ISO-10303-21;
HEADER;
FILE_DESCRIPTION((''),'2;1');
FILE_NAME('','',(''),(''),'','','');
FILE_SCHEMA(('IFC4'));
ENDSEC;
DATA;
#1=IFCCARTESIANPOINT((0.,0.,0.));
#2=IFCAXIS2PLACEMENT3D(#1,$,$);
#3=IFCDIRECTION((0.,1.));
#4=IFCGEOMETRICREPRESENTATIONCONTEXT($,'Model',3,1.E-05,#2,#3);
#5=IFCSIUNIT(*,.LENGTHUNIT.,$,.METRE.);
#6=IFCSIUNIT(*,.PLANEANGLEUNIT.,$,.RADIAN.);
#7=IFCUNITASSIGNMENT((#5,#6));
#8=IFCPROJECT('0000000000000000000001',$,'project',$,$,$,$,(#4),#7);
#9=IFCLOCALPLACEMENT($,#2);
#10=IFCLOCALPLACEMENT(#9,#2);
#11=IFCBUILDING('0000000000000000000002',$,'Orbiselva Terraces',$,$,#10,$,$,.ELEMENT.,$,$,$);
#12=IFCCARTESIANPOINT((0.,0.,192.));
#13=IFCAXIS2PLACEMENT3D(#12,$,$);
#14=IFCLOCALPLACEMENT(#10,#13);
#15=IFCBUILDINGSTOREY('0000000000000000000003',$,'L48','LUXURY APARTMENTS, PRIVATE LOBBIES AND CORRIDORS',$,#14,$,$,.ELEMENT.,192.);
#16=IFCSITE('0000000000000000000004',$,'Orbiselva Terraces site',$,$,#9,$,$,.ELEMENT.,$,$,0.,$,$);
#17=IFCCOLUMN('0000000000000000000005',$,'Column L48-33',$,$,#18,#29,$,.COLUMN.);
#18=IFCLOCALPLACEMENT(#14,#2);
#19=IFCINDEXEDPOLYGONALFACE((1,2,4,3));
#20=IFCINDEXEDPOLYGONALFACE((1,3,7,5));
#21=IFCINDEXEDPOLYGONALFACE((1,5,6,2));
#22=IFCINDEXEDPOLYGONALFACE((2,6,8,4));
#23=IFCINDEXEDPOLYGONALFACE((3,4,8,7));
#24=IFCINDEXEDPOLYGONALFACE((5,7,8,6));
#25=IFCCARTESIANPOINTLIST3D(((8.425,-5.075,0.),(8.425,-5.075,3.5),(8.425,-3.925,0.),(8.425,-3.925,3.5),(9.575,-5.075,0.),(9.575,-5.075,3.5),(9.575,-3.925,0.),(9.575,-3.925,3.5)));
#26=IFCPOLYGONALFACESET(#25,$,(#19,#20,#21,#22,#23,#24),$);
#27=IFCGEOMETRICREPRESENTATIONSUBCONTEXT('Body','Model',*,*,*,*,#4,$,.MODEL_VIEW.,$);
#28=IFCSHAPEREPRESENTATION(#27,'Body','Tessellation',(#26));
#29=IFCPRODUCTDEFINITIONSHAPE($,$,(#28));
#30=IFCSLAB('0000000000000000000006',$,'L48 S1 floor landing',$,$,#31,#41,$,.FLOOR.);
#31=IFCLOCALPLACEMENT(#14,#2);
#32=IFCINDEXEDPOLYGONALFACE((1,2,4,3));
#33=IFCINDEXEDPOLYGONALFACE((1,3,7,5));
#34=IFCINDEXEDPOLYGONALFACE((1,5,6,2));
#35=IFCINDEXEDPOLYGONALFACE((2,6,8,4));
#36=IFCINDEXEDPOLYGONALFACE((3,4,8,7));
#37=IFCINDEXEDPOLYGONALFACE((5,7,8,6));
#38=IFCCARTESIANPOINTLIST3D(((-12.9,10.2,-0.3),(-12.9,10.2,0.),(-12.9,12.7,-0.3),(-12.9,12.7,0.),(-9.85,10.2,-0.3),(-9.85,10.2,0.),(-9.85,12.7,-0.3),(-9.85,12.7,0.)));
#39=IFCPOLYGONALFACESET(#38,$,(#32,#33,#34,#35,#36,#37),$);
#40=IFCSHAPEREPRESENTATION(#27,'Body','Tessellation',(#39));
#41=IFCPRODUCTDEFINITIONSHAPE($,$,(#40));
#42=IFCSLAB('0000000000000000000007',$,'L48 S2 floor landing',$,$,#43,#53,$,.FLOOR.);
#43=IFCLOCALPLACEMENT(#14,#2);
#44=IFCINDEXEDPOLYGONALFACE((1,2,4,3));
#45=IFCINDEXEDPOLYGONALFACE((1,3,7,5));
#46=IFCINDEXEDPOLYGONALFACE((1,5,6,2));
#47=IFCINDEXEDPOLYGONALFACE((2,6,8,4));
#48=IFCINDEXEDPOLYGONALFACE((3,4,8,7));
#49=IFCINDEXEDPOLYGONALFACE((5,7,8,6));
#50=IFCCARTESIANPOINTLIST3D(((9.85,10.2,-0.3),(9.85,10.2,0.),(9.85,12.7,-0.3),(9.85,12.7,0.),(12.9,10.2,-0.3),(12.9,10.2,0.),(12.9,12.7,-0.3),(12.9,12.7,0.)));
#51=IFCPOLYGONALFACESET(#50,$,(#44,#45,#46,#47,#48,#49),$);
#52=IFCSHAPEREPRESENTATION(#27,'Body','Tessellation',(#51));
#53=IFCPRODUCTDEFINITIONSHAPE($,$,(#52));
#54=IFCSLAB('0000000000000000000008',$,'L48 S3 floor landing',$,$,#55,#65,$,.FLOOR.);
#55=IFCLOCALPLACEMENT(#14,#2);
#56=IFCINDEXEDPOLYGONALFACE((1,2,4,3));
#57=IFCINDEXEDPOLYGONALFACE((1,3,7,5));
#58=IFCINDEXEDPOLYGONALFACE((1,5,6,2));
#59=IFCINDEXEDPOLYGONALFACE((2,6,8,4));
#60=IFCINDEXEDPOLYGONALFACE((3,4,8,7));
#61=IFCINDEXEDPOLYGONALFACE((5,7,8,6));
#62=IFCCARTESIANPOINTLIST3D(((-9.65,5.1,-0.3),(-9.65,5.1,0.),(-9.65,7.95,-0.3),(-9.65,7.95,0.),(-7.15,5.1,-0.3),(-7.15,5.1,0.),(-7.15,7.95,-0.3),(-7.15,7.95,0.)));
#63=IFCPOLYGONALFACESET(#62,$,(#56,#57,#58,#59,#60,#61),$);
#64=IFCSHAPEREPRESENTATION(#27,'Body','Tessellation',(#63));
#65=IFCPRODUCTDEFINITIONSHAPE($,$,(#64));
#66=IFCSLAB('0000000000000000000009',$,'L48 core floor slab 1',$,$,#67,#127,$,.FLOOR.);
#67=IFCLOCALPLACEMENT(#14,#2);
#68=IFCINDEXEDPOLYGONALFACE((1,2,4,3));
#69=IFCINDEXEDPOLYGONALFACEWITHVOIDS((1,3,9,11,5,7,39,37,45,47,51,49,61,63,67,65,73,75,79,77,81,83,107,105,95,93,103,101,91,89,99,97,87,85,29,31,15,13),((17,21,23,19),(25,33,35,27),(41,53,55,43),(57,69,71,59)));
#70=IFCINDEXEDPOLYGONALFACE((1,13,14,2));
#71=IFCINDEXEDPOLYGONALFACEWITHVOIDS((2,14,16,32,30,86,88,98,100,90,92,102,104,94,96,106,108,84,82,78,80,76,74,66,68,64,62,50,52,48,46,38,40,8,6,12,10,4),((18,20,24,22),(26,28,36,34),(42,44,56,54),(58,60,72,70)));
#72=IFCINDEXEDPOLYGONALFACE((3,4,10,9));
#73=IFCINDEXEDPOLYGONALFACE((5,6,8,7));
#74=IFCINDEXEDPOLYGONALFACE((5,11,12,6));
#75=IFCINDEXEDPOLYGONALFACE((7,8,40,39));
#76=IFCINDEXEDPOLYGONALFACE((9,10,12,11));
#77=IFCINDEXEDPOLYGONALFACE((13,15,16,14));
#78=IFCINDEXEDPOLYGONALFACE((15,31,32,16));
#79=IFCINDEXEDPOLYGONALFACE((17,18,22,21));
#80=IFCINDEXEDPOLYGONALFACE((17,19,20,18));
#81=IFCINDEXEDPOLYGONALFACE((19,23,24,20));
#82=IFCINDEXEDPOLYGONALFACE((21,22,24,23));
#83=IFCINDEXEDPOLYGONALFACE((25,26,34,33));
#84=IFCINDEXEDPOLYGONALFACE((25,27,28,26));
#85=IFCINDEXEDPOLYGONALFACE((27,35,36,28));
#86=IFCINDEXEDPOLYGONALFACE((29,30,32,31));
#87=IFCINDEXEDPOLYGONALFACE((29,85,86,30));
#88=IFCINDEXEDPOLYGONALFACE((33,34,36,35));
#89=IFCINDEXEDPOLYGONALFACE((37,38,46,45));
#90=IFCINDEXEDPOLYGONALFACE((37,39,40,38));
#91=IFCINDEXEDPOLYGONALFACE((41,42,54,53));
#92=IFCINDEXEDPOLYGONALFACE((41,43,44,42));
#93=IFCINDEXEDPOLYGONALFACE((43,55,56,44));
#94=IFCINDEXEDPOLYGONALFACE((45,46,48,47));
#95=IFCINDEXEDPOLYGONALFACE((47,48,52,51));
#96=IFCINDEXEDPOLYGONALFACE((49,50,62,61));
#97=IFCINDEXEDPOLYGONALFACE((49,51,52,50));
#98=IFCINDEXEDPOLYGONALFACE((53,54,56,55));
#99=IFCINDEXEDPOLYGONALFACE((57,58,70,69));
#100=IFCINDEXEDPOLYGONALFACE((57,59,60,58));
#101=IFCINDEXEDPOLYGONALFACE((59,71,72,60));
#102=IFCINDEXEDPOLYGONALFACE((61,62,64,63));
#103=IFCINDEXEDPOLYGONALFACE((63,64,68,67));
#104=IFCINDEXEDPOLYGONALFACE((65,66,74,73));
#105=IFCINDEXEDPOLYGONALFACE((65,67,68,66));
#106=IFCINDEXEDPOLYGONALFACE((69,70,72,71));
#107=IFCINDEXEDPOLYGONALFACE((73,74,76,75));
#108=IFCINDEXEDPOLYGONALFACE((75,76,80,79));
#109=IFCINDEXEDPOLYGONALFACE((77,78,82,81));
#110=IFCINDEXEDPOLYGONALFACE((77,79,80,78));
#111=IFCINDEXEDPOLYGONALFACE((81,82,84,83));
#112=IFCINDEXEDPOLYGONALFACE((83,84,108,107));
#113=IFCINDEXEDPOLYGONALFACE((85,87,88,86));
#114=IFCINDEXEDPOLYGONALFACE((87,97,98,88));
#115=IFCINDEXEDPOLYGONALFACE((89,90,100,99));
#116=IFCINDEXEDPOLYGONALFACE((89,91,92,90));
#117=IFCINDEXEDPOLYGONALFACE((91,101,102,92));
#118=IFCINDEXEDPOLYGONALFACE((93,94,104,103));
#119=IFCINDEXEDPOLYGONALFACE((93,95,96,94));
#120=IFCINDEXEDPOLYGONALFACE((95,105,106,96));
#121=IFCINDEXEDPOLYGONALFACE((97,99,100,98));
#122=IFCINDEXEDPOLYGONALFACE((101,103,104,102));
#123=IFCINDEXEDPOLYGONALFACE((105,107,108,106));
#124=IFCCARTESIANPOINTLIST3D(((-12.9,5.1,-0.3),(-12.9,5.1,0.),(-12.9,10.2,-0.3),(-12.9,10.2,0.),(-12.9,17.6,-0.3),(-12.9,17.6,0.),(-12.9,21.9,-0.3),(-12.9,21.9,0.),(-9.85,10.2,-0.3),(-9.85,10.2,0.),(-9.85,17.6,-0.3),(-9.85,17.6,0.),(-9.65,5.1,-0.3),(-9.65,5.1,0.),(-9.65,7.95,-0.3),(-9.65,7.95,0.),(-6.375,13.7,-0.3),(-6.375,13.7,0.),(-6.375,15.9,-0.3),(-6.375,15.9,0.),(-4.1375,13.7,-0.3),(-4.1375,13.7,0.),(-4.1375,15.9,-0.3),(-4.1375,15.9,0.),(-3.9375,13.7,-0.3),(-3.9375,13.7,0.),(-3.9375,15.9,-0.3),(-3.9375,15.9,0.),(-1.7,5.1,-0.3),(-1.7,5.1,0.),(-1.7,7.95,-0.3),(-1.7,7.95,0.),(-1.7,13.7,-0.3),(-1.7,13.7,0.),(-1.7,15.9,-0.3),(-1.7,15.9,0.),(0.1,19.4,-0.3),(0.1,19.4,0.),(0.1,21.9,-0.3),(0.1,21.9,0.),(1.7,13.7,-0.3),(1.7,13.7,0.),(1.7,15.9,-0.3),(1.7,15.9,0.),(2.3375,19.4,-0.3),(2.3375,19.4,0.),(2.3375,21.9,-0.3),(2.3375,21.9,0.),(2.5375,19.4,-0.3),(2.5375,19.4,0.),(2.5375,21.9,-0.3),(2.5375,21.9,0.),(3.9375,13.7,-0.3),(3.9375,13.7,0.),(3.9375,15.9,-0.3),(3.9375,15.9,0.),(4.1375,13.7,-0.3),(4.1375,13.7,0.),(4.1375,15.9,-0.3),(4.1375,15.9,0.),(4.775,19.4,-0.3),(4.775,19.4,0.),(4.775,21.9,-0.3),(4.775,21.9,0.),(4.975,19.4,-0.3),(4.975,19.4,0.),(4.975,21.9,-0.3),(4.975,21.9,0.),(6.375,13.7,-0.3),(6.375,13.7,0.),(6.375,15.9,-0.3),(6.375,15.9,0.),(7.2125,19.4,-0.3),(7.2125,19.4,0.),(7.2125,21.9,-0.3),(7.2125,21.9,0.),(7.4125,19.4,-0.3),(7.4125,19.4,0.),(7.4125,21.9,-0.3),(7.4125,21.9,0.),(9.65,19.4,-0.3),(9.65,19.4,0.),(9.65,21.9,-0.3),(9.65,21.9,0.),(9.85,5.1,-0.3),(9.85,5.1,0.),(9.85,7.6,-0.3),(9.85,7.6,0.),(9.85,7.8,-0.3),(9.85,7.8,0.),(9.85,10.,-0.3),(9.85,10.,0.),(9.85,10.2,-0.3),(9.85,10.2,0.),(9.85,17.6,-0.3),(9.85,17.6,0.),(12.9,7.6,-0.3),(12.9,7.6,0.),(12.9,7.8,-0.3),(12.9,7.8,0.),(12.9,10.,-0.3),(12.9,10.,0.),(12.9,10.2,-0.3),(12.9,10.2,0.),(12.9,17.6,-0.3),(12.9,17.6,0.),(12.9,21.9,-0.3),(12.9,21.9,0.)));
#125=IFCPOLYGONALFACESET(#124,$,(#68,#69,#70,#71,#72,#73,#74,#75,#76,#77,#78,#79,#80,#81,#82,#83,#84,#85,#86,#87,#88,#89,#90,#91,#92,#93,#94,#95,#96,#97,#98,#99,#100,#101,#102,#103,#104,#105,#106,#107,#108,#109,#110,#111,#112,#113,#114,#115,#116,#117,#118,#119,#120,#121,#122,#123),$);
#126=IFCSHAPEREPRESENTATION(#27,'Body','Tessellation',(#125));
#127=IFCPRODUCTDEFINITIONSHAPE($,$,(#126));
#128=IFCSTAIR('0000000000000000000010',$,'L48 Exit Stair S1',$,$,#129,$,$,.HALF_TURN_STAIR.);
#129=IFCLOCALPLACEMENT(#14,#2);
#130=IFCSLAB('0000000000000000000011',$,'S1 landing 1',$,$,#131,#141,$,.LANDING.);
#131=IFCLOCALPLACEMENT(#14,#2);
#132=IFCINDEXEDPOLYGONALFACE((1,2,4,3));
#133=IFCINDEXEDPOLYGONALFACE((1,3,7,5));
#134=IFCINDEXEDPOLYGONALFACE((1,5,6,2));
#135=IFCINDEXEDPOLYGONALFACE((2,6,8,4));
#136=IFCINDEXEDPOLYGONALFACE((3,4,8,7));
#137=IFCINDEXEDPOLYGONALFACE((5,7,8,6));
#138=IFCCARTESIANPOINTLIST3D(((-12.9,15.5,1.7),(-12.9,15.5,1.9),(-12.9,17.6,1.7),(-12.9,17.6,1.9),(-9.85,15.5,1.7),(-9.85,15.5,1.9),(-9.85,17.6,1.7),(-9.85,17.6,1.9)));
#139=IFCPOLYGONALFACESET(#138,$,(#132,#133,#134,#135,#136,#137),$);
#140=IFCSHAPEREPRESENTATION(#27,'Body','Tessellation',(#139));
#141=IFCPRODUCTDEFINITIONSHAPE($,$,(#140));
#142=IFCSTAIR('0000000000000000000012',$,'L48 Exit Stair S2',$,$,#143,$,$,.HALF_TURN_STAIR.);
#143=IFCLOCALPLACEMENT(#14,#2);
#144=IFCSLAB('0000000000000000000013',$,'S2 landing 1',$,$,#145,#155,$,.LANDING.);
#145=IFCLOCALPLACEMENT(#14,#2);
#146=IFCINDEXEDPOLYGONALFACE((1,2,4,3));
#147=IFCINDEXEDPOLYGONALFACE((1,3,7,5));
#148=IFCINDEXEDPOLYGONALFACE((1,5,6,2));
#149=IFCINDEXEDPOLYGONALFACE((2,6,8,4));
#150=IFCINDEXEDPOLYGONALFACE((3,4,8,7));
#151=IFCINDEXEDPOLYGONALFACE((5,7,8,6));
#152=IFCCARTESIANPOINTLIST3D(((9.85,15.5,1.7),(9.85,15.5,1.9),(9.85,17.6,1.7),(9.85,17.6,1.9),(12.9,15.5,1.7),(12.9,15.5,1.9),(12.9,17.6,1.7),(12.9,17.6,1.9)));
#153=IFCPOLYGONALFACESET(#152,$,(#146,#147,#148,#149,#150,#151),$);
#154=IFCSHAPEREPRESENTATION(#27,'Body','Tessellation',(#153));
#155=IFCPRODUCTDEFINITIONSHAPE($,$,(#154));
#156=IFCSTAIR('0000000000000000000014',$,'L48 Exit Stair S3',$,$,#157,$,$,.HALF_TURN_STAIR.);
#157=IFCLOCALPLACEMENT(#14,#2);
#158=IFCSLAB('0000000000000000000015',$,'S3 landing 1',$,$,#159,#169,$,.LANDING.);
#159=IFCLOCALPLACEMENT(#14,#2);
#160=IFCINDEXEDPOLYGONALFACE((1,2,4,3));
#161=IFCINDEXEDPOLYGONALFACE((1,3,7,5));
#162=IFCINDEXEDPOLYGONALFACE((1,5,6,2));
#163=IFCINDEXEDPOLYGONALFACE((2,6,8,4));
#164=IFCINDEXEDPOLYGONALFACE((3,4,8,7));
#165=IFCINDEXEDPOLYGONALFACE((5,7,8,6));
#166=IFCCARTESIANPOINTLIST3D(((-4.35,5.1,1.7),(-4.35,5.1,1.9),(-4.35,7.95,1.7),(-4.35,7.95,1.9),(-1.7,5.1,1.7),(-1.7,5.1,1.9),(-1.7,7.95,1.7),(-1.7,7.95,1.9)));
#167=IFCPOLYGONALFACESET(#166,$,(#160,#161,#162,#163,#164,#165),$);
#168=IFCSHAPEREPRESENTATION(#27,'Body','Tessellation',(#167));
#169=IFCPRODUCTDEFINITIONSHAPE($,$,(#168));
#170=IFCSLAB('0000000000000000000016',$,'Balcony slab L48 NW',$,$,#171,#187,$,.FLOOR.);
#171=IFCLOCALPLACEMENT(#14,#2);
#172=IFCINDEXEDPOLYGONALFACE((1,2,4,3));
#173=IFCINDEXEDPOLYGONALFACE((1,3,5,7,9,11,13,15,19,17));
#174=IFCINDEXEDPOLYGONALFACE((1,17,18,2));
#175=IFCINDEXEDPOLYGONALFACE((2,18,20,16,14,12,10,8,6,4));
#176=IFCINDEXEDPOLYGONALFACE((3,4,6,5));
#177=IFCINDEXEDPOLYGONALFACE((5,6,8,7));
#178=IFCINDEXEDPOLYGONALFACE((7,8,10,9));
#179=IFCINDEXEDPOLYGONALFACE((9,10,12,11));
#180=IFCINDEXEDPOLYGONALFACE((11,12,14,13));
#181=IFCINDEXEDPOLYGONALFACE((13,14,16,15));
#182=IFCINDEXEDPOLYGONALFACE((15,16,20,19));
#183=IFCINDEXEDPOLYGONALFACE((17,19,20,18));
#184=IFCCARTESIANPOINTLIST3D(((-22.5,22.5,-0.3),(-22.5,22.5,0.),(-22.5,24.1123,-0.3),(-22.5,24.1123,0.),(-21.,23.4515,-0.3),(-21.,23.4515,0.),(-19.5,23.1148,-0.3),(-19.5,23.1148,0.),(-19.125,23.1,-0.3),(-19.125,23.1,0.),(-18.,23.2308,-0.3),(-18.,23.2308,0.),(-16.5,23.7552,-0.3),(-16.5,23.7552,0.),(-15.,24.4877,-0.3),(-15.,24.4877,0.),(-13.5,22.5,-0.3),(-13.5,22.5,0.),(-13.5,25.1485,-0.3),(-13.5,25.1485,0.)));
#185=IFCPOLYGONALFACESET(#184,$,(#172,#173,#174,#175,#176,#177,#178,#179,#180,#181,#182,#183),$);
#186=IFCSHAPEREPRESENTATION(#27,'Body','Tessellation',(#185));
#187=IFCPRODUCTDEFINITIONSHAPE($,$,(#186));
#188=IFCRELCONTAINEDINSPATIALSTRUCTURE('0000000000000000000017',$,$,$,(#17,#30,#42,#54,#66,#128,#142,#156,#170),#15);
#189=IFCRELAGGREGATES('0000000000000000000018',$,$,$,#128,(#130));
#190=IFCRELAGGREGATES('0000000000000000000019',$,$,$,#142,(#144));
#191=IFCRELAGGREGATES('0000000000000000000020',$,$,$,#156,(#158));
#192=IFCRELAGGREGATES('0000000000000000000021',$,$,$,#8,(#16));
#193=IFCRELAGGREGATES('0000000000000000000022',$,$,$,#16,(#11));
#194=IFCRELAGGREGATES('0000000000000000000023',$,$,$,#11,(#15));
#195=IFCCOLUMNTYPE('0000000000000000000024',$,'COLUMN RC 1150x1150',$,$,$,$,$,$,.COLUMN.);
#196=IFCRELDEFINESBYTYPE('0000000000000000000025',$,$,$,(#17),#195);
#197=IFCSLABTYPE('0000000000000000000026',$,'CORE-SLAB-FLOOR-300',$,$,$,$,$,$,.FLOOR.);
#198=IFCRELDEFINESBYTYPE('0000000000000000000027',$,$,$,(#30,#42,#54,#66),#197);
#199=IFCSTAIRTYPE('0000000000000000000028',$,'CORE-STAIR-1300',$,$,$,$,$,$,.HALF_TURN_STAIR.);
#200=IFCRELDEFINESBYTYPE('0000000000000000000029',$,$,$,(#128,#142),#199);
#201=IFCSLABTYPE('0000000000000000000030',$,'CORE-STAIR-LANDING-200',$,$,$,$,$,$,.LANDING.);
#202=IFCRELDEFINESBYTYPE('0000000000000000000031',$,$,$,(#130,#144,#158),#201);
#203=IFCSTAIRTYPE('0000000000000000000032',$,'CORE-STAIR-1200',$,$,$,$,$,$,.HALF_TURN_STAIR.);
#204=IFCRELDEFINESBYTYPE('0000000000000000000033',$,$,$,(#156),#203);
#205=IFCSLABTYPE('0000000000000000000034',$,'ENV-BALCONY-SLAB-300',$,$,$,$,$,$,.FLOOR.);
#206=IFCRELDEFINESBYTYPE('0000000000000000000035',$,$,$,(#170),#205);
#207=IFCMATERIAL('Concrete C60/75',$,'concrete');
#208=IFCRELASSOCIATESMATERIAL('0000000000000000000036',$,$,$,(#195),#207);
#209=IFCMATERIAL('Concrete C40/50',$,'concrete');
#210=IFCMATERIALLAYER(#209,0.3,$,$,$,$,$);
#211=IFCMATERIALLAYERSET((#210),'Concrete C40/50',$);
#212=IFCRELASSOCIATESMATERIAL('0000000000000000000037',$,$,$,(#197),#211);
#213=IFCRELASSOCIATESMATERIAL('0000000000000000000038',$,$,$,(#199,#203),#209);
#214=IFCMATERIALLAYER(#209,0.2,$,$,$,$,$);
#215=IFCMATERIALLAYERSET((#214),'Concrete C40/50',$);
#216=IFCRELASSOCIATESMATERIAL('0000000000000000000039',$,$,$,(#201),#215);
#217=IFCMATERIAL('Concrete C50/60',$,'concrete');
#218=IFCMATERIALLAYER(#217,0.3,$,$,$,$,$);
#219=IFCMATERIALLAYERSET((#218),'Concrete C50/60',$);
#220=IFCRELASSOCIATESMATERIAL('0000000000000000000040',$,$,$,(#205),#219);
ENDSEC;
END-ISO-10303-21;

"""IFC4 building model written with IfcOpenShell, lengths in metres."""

from ifc_helpers import new_model, si_unit, direction, frame, origin, origin_2d, place, context, subcontext, project, spatial, polyline, rectangle, outline, extrude, material, layer, layer_set, material_profile, profile_set, type_object, element, aggregate, save


model = new_model("IFC4")

# Units and contexts
model_context = context("Model", 3, precision=1e-05, world=origin(), true_north=direction((0.0, 1.0)))
body_context = subcontext(model_context, "Body", "Model", "MODEL_VIEW")
ifc_project = project(units=[si_unit("LENGTHUNIT", "METRE"), si_unit("PLANEANGLEUNIT", "RADIAN")], contexts=[model_context])

# Site, building, storey
site_placement = place(None, origin())
site = spatial("IfcSite", under=ifc_project, at=site_placement, Name="Orbiselva Terraces site", CompositionType="ELEMENT", RefElevation=0.0)
building_placement = place(site_placement, origin())
building = spatial("IfcBuilding", under=site, at=building_placement, Name="Orbiselva Terraces", CompositionType="ELEMENT")
storey_placement = place(building_placement, frame((0.0, 0.0, 192.0)))
storey = spatial("IfcBuildingStorey", under=building, at=storey_placement, Name="L48", Description="LUXURY APARTMENTS, PRIVATE LOBBIES AND CORRIDORS", CompositionType="ELEMENT", Elevation=192.0)

# Column
ifc_material_1 = material(Name="Concrete C60/75", Category="concrete")
ifc_material_profile = material_profile(ifc_material_1, rectangle(XDim=1.15, YDim=1.15, at=origin_2d()), Name="RC 1150x1150")
ifc_profile_set = profile_set([ifc_material_profile], Name="Concrete C60/75")
column_type = type_object("IfcColumnType", Name="COLUMN RC 1150x1150", PredefinedType="COLUMN", material=ifc_profile_set)
column_placement = place(storey_placement, frame((9.0, -4.5, 0.0), z_axis=(0.0, 0.0, 1.0), x_axis=(1.0, 0.0, 0.0)))
element("IfcColumn", 1, at=column_placement, inside=storey, type_object=column_type, Name="Column L48-33", PredefinedType="COLUMN", context=body_context, shape_type="SweptSolid", body=[
    extrude(rectangle(XDim=1.15, YDim=1.15, at=origin_2d()), origin(), (0.0, 0.0, 1.0), 3.5),
])

# Slabs
ifc_material_2 = material(Name="Concrete C40/50", Category="concrete")
ifc_layer_1 = layer(ifc_material_2, 0.3)
ifc_layer_set_1 = layer_set([ifc_layer_1], Name="Concrete C40/50")
slab_type_1 = type_object("IfcSlabType", Name="CORE-SLAB-FLOOR-300", PredefinedType="FLOOR", material=ifc_layer_set_1)
slab_1_placement = place(storey_placement, frame((0.0, 0.0, -0.3)))
element("IfcSlab", 2, at=slab_1_placement, inside=storey, type_object=slab_type_1, Name="L48 S1 floor landing", PredefinedType="FLOOR", context=body_context, shape_type="SweptSolid", body=[
    extrude(outline(polyline([(-12.9, 12.7), (-9.85, 12.7), (-9.85, 10.2), (-12.9, 10.2), (-12.9, 12.7)])), origin(), (0.0, 0.0, 1.0), 0.3),
])
slab_2_placement = place(storey_placement, frame((0.0, 0.0, -0.3)))
element("IfcSlab", 3, at=slab_2_placement, inside=storey, type_object=slab_type_1, Name="L48 S2 floor landing", PredefinedType="FLOOR", context=body_context, shape_type="SweptSolid", body=[
    extrude(outline(polyline([(12.9, 12.7), (12.9, 10.2), (9.85, 10.2), (9.85, 12.7), (12.9, 12.7)])), origin(), (0.0, 0.0, 1.0), 0.3),
])
slab_3_placement = place(storey_placement, frame((0.0, 0.0, -0.3)))
element("IfcSlab", 4, at=slab_3_placement, inside=storey, type_object=slab_type_1, Name="L48 S3 floor landing", PredefinedType="FLOOR", context=body_context, shape_type="SweptSolid", body=[
    extrude(outline(polyline([(-7.15, 5.1), (-9.65, 5.1), (-9.65, 7.95), (-7.15, 7.95), (-7.15, 5.1)])), origin(), (0.0, 0.0, 1.0), 0.3),
])
slab_4_placement = place(storey_placement, frame((0.0, 0.0, -0.3)))
element("IfcSlab", 5, at=slab_4_placement, inside=storey, type_object=slab_type_1, Name="L48 core floor slab 1", PredefinedType="FLOOR", context=body_context, shape_type="SweptSolid", body=[
    extrude(outline(polyline([(-1.7, 5.1), (-1.7, 7.95), (-9.65, 7.95), (-9.65, 5.1), (-12.9, 5.1), (-12.9, 10.2), (-9.85, 10.2), (-9.85, 17.6), (-12.9, 17.6), (-12.9, 21.9), (0.1, 21.9), (0.1, 19.4), (2.3375, 19.4), (2.3375, 21.9), (2.5375, 21.9), (2.5375, 19.4), (4.775, 19.4), (4.775, 21.9), (4.975, 21.9), (4.975, 19.4), (7.2125, 19.4), (7.2125, 21.9), (7.4125, 21.9), (7.4125, 19.4), (9.65, 19.4), (9.65, 21.9), (12.9, 21.9), (12.9, 17.6), (9.85, 17.6), (9.85, 10.2), (12.9, 10.2), (12.9, 10.0), (9.85, 10.0), (9.85, 7.8), (12.9, 7.8), (12.9, 7.6), (9.85, 7.6), (9.85, 5.1), (-1.7, 5.1)]), holes=[polyline([(-4.1375, 13.7), (-4.1375, 15.9), (-6.375, 15.9), (-6.375, 13.7), (-4.1375, 13.7)]), polyline([(-1.7, 13.7), (-1.7, 15.9), (-3.9375, 15.9), (-3.9375, 13.7), (-1.7, 13.7)]), polyline([(3.9375, 15.9), (1.7, 15.9), (1.7, 13.7), (3.9375, 13.7), (3.9375, 15.9)]), polyline([(6.375, 13.7), (6.375, 15.9), (4.1375, 15.9), (4.1375, 13.7), (6.375, 13.7)])]), origin(), (0.0, 0.0, 1.0), 0.3),
])

# Stairs, slabs
stair_type_1 = type_object("IfcStairType", Name="CORE-STAIR-1300", PredefinedType="HALF_TURN_STAIR", material=ifc_material_2)
stair_1_placement = place(storey_placement, origin())
stair_1 = element("IfcStair", 6, at=stair_1_placement, inside=storey, type_object=stair_type_1, Name="L48 Exit Stair S1", PredefinedType="HALF_TURN_STAIR")
ifc_layer_2 = layer(ifc_material_2, 0.2)
ifc_layer_set_2 = layer_set([ifc_layer_2], Name="Concrete C40/50")
slab_type_2 = type_object("IfcSlabType", Name="CORE-STAIR-LANDING-200", PredefinedType="LANDING", material=ifc_layer_set_2)
slab_5_placement = place(storey_placement, frame((0.0, 0.0, 1.7)))
slab_5 = element("IfcSlab", 7, at=slab_5_placement, type_object=slab_type_2, Name="S1 landing 1", PredefinedType="LANDING", context=body_context, shape_type="SweptSolid", body=[
    extrude(outline(polyline([(-9.85, 15.5), (-9.85, 17.6), (-12.9, 17.6), (-12.9, 15.5), (-9.85, 15.5)])), origin(), (0.0, 0.0, 1.0), 0.2),
])
aggregate(stair_1, [slab_5])
stair_2_placement = place(storey_placement, origin())
stair_2 = element("IfcStair", 8, at=stair_2_placement, inside=storey, type_object=stair_type_1, Name="L48 Exit Stair S2", PredefinedType="HALF_TURN_STAIR")
slab_6_placement = place(storey_placement, frame((0.0, 0.0, 1.7)))
slab_6 = element("IfcSlab", 9, at=slab_6_placement, type_object=slab_type_2, Name="S2 landing 1", PredefinedType="LANDING", context=body_context, shape_type="SweptSolid", body=[
    extrude(outline(polyline([(12.9, 15.5), (12.9, 17.6), (9.85, 17.6), (9.85, 15.5), (12.9, 15.5)])), origin(), (0.0, 0.0, 1.0), 0.2),
])
aggregate(stair_2, [slab_6])
stair_type_2 = type_object("IfcStairType", Name="CORE-STAIR-1200", PredefinedType="HALF_TURN_STAIR", material=ifc_material_2)
stair_3_placement = place(storey_placement, origin())
stair_3 = element("IfcStair", 10, at=stair_3_placement, inside=storey, type_object=stair_type_2, Name="L48 Exit Stair S3", PredefinedType="HALF_TURN_STAIR")
slab_7_placement = place(storey_placement, frame((0.0, 0.0, 1.7)))
slab_7 = element("IfcSlab", 11, at=slab_7_placement, type_object=slab_type_2, Name="S3 landing 1", PredefinedType="LANDING", context=body_context, shape_type="SweptSolid", body=[
    extrude(outline(polyline([(-4.35, 5.1), (-1.7, 5.1), (-1.7, 7.95), (-4.35, 7.95), (-4.35, 5.1)])), origin(), (0.0, 0.0, 1.0), 0.2),
])
aggregate(stair_3, [slab_7])

# Slab
ifc_material_3 = material(Name="Concrete C50/60", Category="concrete")
ifc_layer_3 = layer(ifc_material_3, 0.3)
ifc_layer_set_3 = layer_set([ifc_layer_3], Name="Concrete C50/60")
slab_type_3 = type_object("IfcSlabType", Name="ENV-BALCONY-SLAB-300", PredefinedType="FLOOR", material=ifc_layer_set_3)
slab_8_placement = place(storey_placement, frame((0.0, 0.0, -0.3)))
element("IfcSlab", 12, at=slab_8_placement, inside=storey, type_object=slab_type_3, Name="Balcony slab L48 NW", PredefinedType="FLOOR", context=body_context, shape_type="SweptSolid", body=[
    extrude(outline(polyline([(-13.5, 25.1485), (-15.0, 24.4877), (-16.5, 23.7552), (-18.0, 23.2308), (-19.125, 23.1), (-19.5, 23.1148), (-21.0, 23.4515), (-22.5, 24.1123), (-22.5, 22.5), (-13.5, 22.5), (-13.5, 25.1485)])), origin(), (0.0, 0.0, 1.0), 0.3),
])

save(model, "model.ifc")
